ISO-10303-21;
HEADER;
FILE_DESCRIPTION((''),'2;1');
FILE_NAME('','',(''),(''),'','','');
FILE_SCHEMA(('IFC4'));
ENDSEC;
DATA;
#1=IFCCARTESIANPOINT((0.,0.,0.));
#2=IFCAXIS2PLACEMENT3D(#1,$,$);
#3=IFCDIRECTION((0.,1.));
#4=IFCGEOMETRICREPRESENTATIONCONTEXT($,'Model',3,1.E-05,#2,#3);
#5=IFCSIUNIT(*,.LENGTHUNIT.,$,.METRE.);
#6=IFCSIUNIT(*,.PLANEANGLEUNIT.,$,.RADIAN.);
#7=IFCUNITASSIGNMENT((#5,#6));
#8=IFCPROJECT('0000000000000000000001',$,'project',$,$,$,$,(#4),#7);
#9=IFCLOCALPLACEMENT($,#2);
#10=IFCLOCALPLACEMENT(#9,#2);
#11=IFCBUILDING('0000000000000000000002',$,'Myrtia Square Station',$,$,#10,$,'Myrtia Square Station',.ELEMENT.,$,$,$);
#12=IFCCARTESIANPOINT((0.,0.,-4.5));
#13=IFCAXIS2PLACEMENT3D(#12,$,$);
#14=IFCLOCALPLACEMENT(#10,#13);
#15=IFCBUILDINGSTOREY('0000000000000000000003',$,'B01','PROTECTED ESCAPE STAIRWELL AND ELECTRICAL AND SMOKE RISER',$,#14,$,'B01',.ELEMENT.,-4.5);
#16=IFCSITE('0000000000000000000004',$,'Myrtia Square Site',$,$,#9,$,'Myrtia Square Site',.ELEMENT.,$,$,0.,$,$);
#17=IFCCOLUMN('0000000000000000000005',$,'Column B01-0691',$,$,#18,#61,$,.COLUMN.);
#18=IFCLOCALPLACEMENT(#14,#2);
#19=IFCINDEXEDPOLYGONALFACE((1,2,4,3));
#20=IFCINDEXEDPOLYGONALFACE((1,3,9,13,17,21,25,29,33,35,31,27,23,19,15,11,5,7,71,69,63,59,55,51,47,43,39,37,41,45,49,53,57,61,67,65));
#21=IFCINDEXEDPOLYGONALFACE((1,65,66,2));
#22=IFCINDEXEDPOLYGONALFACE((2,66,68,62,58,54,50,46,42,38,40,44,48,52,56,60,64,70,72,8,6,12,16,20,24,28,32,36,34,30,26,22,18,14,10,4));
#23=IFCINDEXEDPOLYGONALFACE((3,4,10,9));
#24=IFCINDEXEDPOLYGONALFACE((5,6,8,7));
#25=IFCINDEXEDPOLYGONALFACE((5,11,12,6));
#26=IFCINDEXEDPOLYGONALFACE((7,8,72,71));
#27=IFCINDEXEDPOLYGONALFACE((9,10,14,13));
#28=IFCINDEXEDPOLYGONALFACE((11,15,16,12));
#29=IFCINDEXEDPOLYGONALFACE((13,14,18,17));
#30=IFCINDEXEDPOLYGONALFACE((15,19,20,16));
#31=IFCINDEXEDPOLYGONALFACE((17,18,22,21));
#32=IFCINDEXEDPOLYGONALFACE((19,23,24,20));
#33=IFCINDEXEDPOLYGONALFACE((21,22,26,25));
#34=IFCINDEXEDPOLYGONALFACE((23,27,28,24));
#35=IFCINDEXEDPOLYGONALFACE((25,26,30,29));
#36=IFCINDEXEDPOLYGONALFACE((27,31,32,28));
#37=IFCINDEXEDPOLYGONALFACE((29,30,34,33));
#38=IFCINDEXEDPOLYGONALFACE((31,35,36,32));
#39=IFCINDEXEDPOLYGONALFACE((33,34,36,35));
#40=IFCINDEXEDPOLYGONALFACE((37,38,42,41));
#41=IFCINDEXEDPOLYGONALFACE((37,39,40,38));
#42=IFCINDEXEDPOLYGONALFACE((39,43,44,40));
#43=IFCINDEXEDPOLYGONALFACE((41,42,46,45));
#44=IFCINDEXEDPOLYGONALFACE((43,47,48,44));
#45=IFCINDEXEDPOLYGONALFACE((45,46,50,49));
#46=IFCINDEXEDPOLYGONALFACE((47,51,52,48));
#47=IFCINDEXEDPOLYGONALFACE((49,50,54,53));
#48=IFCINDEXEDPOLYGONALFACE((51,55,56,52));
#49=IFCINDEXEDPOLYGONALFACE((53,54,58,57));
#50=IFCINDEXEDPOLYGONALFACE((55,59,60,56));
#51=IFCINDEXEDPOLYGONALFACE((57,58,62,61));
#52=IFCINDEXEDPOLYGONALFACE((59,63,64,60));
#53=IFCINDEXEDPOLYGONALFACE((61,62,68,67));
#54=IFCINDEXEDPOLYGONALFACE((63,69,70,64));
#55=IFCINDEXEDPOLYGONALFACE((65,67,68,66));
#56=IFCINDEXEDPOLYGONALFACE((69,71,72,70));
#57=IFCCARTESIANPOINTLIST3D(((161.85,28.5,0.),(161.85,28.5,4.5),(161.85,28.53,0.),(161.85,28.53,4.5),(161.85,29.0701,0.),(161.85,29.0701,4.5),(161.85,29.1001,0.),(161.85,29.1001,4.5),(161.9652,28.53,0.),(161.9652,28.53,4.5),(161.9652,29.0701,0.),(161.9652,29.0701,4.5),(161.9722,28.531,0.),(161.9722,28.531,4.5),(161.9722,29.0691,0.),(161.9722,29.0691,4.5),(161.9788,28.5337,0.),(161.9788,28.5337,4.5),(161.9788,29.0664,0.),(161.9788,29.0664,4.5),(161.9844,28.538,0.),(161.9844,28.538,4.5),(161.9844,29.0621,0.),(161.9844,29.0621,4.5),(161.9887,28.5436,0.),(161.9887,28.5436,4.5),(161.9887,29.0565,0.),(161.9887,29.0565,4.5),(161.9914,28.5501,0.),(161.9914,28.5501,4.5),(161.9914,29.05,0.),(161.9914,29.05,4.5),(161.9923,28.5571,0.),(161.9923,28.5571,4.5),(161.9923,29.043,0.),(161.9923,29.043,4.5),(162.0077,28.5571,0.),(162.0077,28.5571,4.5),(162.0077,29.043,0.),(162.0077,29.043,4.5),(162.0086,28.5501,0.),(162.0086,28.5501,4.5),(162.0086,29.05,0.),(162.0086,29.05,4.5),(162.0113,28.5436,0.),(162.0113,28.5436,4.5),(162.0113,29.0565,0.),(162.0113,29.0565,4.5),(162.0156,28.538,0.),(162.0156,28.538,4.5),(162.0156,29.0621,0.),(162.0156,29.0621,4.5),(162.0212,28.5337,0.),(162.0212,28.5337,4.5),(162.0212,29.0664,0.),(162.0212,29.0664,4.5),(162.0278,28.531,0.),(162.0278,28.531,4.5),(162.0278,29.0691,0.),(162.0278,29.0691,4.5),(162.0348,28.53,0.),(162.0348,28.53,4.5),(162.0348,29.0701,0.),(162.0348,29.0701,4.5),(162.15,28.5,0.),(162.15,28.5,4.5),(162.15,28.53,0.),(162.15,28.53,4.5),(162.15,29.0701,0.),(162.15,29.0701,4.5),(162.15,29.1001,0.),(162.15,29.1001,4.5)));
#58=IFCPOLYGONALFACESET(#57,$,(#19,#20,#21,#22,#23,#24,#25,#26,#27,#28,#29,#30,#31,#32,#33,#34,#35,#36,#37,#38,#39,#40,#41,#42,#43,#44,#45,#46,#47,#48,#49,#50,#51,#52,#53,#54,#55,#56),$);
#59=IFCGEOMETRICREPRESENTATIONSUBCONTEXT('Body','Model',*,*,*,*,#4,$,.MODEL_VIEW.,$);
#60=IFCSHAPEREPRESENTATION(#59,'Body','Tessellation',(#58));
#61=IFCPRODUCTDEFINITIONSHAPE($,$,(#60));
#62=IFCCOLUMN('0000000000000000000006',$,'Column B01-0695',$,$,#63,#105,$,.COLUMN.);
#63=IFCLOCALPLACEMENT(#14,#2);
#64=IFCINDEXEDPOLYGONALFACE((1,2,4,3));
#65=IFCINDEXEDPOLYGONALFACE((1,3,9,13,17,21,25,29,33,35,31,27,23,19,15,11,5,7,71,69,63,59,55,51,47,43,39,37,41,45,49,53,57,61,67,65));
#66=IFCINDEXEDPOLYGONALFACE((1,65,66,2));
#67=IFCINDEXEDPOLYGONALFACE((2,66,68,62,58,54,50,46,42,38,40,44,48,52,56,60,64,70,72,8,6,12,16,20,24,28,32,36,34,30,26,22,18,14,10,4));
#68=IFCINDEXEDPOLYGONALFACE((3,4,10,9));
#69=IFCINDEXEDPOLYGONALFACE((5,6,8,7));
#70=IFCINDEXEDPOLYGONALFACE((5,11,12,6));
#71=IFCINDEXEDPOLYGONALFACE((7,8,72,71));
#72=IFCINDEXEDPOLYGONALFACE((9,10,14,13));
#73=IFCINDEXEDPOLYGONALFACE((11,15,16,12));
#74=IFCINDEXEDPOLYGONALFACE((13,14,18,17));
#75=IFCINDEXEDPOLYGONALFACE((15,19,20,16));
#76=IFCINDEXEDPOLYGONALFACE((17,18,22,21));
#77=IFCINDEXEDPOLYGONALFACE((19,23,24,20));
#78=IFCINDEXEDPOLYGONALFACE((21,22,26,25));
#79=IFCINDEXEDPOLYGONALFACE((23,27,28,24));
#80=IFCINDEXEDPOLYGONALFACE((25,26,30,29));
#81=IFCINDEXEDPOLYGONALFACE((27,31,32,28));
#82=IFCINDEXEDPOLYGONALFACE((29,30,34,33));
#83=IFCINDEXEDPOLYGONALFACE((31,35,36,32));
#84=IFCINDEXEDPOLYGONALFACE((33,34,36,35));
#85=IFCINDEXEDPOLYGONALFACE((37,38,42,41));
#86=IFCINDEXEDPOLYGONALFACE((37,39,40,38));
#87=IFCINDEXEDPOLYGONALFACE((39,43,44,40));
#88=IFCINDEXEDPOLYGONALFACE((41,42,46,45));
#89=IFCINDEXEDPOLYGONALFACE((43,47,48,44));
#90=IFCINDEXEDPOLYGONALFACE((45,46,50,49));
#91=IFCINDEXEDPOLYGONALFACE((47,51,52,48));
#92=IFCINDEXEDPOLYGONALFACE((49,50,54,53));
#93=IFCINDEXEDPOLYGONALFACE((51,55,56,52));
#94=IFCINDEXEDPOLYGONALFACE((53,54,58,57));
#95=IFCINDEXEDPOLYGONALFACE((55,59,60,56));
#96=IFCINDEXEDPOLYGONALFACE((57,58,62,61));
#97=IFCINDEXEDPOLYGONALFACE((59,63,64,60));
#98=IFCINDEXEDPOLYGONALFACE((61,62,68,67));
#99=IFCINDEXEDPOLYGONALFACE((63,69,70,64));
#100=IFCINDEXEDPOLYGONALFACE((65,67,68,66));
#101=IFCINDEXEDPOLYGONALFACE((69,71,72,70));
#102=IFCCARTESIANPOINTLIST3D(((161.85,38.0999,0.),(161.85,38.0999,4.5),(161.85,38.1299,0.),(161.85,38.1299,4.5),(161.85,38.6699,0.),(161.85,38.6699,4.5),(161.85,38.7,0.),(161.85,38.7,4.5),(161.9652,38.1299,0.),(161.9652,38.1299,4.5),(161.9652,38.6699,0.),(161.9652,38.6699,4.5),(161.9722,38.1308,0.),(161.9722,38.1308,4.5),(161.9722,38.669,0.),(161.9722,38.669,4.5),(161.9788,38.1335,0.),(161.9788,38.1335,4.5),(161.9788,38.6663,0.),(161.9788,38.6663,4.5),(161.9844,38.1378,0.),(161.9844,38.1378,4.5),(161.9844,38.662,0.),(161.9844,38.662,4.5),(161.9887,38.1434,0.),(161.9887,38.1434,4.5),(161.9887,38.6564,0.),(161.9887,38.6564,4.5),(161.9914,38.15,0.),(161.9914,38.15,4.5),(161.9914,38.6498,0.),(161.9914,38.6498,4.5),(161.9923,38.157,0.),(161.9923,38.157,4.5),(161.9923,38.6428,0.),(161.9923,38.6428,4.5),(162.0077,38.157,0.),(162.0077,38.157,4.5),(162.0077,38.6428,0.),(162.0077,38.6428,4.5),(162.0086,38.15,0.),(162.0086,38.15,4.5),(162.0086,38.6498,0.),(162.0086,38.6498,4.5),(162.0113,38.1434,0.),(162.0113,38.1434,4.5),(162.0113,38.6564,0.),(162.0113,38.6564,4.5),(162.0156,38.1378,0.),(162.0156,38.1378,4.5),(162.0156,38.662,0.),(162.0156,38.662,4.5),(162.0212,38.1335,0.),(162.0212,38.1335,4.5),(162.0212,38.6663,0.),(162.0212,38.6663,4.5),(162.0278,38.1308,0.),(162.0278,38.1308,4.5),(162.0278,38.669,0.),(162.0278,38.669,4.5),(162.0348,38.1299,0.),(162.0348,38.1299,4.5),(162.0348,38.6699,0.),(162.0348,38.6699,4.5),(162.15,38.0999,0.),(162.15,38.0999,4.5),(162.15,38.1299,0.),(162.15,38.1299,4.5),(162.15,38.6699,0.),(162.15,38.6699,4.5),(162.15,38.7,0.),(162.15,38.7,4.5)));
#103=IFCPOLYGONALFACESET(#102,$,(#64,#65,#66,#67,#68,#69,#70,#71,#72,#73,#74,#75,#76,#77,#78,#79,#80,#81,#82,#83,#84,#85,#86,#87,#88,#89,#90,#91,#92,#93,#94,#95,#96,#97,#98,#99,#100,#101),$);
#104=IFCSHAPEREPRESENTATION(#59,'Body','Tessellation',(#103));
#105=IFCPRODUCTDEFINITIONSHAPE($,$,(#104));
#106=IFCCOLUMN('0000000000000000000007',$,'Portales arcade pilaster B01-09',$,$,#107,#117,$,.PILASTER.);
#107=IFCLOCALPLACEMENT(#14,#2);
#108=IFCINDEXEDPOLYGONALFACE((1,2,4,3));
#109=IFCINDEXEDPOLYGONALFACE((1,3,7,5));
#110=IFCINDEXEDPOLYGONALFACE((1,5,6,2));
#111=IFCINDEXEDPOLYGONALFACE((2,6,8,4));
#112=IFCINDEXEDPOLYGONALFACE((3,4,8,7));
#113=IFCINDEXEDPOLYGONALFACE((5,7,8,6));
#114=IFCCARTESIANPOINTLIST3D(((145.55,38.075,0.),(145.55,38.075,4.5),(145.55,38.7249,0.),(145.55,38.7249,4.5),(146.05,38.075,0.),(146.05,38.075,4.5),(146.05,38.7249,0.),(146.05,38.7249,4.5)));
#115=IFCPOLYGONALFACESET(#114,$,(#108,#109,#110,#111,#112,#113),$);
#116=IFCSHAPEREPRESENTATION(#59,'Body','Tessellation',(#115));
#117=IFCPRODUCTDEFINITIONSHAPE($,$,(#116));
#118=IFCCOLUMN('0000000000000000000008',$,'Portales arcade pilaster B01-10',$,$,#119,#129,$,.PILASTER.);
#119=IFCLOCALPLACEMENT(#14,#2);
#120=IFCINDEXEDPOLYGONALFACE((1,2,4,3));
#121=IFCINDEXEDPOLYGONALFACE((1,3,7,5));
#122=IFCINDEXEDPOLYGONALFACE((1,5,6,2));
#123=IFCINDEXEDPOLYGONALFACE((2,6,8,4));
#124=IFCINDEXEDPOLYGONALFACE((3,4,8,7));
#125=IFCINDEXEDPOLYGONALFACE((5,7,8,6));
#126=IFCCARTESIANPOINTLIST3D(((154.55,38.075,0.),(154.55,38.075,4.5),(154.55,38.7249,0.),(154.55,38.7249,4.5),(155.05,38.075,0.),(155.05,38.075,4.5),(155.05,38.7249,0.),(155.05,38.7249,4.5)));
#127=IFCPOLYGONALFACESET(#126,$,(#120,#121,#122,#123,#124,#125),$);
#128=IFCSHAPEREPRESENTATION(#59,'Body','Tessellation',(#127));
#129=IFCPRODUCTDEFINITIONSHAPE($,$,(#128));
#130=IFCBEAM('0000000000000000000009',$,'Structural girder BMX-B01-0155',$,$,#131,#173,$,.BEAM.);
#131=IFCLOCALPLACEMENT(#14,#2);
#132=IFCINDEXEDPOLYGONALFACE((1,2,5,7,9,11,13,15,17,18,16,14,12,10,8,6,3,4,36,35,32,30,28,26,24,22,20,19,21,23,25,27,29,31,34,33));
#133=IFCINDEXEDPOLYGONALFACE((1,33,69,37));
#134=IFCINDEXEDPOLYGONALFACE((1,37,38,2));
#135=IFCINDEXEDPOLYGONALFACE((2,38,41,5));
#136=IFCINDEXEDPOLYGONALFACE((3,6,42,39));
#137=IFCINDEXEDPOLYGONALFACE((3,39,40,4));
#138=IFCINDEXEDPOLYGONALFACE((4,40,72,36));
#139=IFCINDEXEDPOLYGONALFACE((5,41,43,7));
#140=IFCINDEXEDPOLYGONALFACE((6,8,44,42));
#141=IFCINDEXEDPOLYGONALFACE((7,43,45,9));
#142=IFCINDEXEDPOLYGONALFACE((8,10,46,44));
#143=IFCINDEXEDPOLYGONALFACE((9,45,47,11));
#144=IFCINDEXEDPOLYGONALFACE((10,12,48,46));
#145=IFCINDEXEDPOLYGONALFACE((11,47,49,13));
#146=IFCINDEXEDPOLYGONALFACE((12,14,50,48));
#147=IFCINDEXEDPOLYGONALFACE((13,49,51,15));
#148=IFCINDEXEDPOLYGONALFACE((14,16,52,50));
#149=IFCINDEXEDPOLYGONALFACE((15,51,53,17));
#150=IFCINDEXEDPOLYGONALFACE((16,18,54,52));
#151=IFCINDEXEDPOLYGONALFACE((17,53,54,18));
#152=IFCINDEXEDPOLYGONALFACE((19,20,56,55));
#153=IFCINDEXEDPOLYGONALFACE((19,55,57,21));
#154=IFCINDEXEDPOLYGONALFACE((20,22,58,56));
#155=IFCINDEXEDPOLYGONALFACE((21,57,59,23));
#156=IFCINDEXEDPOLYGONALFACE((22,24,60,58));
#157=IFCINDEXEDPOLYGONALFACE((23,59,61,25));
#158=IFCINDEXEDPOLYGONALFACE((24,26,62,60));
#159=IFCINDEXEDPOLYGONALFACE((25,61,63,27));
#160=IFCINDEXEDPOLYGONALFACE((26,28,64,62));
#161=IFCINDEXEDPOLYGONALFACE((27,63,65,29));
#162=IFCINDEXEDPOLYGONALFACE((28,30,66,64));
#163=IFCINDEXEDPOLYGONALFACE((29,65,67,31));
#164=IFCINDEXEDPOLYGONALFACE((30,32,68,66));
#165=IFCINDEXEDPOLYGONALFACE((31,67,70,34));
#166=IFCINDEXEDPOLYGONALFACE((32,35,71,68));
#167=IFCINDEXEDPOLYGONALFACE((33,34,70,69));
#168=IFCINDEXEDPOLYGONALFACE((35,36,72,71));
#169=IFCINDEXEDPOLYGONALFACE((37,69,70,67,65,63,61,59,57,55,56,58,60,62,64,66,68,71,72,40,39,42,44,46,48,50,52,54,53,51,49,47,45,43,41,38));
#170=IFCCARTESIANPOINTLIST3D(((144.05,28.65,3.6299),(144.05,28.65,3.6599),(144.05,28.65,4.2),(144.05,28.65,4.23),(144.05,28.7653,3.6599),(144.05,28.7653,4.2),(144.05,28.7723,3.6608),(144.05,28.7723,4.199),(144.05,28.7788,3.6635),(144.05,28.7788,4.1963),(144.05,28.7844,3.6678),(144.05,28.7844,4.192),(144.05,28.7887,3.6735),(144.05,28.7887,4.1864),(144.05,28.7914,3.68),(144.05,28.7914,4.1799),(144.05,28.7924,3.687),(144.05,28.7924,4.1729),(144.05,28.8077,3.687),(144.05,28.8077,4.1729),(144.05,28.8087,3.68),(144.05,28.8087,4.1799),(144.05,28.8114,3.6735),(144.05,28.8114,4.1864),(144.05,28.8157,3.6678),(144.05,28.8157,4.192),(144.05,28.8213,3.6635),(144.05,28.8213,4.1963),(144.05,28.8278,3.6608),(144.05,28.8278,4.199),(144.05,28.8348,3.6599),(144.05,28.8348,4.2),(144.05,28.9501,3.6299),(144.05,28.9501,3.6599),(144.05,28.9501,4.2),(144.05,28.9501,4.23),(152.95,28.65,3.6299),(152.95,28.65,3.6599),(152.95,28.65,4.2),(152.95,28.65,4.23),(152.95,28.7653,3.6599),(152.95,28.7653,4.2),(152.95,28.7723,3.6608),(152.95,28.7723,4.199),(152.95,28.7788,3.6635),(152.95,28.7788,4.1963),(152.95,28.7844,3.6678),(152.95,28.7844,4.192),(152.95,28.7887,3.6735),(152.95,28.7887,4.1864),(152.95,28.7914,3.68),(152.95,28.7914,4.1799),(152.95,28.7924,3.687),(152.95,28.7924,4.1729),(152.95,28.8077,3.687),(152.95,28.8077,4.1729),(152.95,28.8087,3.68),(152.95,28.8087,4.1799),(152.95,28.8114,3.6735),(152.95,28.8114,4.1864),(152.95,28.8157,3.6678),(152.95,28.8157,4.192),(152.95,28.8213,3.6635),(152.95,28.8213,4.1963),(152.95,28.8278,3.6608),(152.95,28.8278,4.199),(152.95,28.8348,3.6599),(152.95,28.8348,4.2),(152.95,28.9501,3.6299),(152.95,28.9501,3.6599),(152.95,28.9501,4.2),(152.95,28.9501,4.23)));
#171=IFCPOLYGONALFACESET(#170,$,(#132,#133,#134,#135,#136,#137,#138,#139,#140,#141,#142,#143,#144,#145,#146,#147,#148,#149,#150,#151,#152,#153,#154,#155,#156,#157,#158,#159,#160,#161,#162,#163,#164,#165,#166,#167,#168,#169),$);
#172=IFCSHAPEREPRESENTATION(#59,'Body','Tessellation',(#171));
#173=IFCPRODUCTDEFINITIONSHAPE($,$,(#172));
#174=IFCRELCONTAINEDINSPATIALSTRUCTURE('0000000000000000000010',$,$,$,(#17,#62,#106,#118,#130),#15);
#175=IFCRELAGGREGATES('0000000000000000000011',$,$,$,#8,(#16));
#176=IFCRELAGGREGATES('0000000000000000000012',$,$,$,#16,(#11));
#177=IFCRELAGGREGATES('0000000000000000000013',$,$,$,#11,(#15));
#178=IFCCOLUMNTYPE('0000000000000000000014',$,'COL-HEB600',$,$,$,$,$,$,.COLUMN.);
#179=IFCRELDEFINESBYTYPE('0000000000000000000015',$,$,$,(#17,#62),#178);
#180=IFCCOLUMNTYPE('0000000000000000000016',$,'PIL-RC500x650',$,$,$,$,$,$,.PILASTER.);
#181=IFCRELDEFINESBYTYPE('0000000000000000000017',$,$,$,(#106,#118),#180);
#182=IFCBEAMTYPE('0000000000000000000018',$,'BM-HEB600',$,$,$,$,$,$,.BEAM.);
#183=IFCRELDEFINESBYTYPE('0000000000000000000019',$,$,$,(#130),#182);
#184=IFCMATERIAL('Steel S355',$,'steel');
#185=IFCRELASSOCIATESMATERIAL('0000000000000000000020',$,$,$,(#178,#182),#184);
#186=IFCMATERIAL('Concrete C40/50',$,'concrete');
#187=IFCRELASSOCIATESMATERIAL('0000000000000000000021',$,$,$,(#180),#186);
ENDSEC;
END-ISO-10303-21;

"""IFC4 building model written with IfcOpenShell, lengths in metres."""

from ifc_helpers import new_model, si_unit, direction, frame, origin, origin_2d, place, context, subcontext, project, spatial, rectangle, i_section, extrude, material, material_profile, profile_set, type_object, element, save


model = new_model("IFC4")

# Units and contexts
model_context = context("Model", 3, precision=1e-05, world=origin(), true_north=direction((0.0, 1.0)))
body_context = subcontext(model_context, "Body", "Model", "MODEL_VIEW")
ifc_project = project(units=[si_unit("LENGTHUNIT", "METRE"), si_unit("PLANEANGLEUNIT", "RADIAN")], contexts=[model_context])

# Site, building, storey
site_placement = place(None, origin())
site = spatial("IfcSite", under=ifc_project, at=site_placement, Name="Myrtia Square Site", LongName="Myrtia Square Site", CompositionType="ELEMENT", RefElevation=0.0)
building_placement = place(site_placement, origin())
building = spatial("IfcBuilding", under=site, at=building_placement, Name="Myrtia Square Station", LongName="Myrtia Square Station", CompositionType="ELEMENT")
storey_placement = place(building_placement, frame((0.0, 0.0, -4.5)))
storey = spatial("IfcBuildingStorey", under=building, at=storey_placement, Name="B01", Description="PROTECTED ESCAPE STAIRWELL AND ELECTRICAL AND SMOKE RISER", LongName="B01", CompositionType="ELEMENT", Elevation=-4.5)

# Columns
ifc_material_1 = material(Name="Steel S355", Category="steel")
ifc_material_profile_1 = material_profile(ifc_material_1, i_section(OverallWidth=0.3, OverallDepth=0.6001, WebThickness=0.0154, FlangeThickness=0.03, FilletRadius=0.0271, at=origin_2d()), Name="HEB 600")
ifc_profile_set_1 = profile_set([ifc_material_profile_1], Name="Steel S355")
column_type_1 = type_object("IfcColumnType", Name="COL-HEB600", PredefinedType="COLUMN", material=ifc_profile_set_1)
for number, where, z_axis, x_axis, name in (
    (1, (162.0, 28.8, 0.0), (0.0, 0.0, 1.0), (1.0, 0.0, 0.0), "Column B01-0691"),
    (2, (162.0, 38.3999, 0.0), (0.0, 0.0, 1.0), (1.0, 0.0, 0.0), "Column B01-0695"),
):
    element("IfcColumn", number, at=place(storey_placement, frame(where, z_axis=z_axis, x_axis=x_axis)), inside=storey, type_object=column_type_1, Name=name, PredefinedType="COLUMN", context=body_context, shape_type="SweptSolid", body=[
        extrude(i_section(OverallWidth=0.3, OverallDepth=0.6001, WebThickness=0.0154, FlangeThickness=0.03, FilletRadius=0.0271, at=origin_2d()), origin(), (0.0, 0.0, 1.0), 4.5),
    ])
ifc_material_2 = material(Name="Concrete C40/50", Category="concrete")
ifc_material_profile_2 = material_profile(ifc_material_2, rectangle(XDim=0.5, YDim=0.6499, at=origin_2d()), Name="PIL 500x650")
ifc_profile_set_2 = profile_set([ifc_material_profile_2], Name="Concrete C40/50")
column_type_2 = type_object("IfcColumnType", Name="PIL-RC500x650", PredefinedType="PILASTER", material=ifc_profile_set_2)
for number, where, z_axis, x_axis, name in (
    (3, (145.8, 38.3999, 0.0), (0.0, 0.0, 1.0), (1.0, 0.0, 0.0), "Portales arcade pilaster B01-09"),
    (4, (154.8, 38.3999, 0.0), (0.0, 0.0, 1.0), (1.0, 0.0, 0.0), "Portales arcade pilaster B01-10"),
):
    element("IfcColumn", number, at=place(storey_placement, frame(where, z_axis=z_axis, x_axis=x_axis)), inside=storey, type_object=column_type_2, Name=name, PredefinedType="PILASTER", context=body_context, shape_type="SweptSolid", body=[
        extrude(rectangle(XDim=0.5, YDim=0.6499, at=origin_2d()), origin(), (0.0, 0.0, 1.0), 4.5),
    ])

# Beam
ifc_material_profile_3 = material_profile(ifc_material_1, i_section(OverallWidth=0.3, OverallDepth=0.6001, WebThickness=0.0154, FlangeThickness=0.03, FilletRadius=0.0271, at=origin_2d()), Name="HEB 600")
ifc_profile_set_3 = profile_set([ifc_material_profile_3], Name="Steel S355")
beam_type_1 = type_object("IfcBeamType", Name="BM-HEB600", PredefinedType="BEAM", material=ifc_profile_set_3)
for number, where, z_axis, x_axis, name in (
    (5, (144.05, 28.8, 3.9299), (1.0, 0.0, 0.0), (0.0, 1.0, 0.0), "Structural girder BMX-B01-0155"),
):
    element("IfcBeam", number, at=place(storey_placement, frame(where, z_axis=z_axis, x_axis=x_axis)), inside=storey, type_object=beam_type_1, Name=name, PredefinedType="BEAM", context=body_context, shape_type="SweptSolid", body=[
        extrude(i_section(OverallWidth=0.3, OverallDepth=0.6001, WebThickness=0.0154, FlangeThickness=0.03, FilletRadius=0.0271, at=origin_2d()), origin(), (0.0, 0.0, 1.0), 8.8999),
    ])

save(model, "model.ifc")
